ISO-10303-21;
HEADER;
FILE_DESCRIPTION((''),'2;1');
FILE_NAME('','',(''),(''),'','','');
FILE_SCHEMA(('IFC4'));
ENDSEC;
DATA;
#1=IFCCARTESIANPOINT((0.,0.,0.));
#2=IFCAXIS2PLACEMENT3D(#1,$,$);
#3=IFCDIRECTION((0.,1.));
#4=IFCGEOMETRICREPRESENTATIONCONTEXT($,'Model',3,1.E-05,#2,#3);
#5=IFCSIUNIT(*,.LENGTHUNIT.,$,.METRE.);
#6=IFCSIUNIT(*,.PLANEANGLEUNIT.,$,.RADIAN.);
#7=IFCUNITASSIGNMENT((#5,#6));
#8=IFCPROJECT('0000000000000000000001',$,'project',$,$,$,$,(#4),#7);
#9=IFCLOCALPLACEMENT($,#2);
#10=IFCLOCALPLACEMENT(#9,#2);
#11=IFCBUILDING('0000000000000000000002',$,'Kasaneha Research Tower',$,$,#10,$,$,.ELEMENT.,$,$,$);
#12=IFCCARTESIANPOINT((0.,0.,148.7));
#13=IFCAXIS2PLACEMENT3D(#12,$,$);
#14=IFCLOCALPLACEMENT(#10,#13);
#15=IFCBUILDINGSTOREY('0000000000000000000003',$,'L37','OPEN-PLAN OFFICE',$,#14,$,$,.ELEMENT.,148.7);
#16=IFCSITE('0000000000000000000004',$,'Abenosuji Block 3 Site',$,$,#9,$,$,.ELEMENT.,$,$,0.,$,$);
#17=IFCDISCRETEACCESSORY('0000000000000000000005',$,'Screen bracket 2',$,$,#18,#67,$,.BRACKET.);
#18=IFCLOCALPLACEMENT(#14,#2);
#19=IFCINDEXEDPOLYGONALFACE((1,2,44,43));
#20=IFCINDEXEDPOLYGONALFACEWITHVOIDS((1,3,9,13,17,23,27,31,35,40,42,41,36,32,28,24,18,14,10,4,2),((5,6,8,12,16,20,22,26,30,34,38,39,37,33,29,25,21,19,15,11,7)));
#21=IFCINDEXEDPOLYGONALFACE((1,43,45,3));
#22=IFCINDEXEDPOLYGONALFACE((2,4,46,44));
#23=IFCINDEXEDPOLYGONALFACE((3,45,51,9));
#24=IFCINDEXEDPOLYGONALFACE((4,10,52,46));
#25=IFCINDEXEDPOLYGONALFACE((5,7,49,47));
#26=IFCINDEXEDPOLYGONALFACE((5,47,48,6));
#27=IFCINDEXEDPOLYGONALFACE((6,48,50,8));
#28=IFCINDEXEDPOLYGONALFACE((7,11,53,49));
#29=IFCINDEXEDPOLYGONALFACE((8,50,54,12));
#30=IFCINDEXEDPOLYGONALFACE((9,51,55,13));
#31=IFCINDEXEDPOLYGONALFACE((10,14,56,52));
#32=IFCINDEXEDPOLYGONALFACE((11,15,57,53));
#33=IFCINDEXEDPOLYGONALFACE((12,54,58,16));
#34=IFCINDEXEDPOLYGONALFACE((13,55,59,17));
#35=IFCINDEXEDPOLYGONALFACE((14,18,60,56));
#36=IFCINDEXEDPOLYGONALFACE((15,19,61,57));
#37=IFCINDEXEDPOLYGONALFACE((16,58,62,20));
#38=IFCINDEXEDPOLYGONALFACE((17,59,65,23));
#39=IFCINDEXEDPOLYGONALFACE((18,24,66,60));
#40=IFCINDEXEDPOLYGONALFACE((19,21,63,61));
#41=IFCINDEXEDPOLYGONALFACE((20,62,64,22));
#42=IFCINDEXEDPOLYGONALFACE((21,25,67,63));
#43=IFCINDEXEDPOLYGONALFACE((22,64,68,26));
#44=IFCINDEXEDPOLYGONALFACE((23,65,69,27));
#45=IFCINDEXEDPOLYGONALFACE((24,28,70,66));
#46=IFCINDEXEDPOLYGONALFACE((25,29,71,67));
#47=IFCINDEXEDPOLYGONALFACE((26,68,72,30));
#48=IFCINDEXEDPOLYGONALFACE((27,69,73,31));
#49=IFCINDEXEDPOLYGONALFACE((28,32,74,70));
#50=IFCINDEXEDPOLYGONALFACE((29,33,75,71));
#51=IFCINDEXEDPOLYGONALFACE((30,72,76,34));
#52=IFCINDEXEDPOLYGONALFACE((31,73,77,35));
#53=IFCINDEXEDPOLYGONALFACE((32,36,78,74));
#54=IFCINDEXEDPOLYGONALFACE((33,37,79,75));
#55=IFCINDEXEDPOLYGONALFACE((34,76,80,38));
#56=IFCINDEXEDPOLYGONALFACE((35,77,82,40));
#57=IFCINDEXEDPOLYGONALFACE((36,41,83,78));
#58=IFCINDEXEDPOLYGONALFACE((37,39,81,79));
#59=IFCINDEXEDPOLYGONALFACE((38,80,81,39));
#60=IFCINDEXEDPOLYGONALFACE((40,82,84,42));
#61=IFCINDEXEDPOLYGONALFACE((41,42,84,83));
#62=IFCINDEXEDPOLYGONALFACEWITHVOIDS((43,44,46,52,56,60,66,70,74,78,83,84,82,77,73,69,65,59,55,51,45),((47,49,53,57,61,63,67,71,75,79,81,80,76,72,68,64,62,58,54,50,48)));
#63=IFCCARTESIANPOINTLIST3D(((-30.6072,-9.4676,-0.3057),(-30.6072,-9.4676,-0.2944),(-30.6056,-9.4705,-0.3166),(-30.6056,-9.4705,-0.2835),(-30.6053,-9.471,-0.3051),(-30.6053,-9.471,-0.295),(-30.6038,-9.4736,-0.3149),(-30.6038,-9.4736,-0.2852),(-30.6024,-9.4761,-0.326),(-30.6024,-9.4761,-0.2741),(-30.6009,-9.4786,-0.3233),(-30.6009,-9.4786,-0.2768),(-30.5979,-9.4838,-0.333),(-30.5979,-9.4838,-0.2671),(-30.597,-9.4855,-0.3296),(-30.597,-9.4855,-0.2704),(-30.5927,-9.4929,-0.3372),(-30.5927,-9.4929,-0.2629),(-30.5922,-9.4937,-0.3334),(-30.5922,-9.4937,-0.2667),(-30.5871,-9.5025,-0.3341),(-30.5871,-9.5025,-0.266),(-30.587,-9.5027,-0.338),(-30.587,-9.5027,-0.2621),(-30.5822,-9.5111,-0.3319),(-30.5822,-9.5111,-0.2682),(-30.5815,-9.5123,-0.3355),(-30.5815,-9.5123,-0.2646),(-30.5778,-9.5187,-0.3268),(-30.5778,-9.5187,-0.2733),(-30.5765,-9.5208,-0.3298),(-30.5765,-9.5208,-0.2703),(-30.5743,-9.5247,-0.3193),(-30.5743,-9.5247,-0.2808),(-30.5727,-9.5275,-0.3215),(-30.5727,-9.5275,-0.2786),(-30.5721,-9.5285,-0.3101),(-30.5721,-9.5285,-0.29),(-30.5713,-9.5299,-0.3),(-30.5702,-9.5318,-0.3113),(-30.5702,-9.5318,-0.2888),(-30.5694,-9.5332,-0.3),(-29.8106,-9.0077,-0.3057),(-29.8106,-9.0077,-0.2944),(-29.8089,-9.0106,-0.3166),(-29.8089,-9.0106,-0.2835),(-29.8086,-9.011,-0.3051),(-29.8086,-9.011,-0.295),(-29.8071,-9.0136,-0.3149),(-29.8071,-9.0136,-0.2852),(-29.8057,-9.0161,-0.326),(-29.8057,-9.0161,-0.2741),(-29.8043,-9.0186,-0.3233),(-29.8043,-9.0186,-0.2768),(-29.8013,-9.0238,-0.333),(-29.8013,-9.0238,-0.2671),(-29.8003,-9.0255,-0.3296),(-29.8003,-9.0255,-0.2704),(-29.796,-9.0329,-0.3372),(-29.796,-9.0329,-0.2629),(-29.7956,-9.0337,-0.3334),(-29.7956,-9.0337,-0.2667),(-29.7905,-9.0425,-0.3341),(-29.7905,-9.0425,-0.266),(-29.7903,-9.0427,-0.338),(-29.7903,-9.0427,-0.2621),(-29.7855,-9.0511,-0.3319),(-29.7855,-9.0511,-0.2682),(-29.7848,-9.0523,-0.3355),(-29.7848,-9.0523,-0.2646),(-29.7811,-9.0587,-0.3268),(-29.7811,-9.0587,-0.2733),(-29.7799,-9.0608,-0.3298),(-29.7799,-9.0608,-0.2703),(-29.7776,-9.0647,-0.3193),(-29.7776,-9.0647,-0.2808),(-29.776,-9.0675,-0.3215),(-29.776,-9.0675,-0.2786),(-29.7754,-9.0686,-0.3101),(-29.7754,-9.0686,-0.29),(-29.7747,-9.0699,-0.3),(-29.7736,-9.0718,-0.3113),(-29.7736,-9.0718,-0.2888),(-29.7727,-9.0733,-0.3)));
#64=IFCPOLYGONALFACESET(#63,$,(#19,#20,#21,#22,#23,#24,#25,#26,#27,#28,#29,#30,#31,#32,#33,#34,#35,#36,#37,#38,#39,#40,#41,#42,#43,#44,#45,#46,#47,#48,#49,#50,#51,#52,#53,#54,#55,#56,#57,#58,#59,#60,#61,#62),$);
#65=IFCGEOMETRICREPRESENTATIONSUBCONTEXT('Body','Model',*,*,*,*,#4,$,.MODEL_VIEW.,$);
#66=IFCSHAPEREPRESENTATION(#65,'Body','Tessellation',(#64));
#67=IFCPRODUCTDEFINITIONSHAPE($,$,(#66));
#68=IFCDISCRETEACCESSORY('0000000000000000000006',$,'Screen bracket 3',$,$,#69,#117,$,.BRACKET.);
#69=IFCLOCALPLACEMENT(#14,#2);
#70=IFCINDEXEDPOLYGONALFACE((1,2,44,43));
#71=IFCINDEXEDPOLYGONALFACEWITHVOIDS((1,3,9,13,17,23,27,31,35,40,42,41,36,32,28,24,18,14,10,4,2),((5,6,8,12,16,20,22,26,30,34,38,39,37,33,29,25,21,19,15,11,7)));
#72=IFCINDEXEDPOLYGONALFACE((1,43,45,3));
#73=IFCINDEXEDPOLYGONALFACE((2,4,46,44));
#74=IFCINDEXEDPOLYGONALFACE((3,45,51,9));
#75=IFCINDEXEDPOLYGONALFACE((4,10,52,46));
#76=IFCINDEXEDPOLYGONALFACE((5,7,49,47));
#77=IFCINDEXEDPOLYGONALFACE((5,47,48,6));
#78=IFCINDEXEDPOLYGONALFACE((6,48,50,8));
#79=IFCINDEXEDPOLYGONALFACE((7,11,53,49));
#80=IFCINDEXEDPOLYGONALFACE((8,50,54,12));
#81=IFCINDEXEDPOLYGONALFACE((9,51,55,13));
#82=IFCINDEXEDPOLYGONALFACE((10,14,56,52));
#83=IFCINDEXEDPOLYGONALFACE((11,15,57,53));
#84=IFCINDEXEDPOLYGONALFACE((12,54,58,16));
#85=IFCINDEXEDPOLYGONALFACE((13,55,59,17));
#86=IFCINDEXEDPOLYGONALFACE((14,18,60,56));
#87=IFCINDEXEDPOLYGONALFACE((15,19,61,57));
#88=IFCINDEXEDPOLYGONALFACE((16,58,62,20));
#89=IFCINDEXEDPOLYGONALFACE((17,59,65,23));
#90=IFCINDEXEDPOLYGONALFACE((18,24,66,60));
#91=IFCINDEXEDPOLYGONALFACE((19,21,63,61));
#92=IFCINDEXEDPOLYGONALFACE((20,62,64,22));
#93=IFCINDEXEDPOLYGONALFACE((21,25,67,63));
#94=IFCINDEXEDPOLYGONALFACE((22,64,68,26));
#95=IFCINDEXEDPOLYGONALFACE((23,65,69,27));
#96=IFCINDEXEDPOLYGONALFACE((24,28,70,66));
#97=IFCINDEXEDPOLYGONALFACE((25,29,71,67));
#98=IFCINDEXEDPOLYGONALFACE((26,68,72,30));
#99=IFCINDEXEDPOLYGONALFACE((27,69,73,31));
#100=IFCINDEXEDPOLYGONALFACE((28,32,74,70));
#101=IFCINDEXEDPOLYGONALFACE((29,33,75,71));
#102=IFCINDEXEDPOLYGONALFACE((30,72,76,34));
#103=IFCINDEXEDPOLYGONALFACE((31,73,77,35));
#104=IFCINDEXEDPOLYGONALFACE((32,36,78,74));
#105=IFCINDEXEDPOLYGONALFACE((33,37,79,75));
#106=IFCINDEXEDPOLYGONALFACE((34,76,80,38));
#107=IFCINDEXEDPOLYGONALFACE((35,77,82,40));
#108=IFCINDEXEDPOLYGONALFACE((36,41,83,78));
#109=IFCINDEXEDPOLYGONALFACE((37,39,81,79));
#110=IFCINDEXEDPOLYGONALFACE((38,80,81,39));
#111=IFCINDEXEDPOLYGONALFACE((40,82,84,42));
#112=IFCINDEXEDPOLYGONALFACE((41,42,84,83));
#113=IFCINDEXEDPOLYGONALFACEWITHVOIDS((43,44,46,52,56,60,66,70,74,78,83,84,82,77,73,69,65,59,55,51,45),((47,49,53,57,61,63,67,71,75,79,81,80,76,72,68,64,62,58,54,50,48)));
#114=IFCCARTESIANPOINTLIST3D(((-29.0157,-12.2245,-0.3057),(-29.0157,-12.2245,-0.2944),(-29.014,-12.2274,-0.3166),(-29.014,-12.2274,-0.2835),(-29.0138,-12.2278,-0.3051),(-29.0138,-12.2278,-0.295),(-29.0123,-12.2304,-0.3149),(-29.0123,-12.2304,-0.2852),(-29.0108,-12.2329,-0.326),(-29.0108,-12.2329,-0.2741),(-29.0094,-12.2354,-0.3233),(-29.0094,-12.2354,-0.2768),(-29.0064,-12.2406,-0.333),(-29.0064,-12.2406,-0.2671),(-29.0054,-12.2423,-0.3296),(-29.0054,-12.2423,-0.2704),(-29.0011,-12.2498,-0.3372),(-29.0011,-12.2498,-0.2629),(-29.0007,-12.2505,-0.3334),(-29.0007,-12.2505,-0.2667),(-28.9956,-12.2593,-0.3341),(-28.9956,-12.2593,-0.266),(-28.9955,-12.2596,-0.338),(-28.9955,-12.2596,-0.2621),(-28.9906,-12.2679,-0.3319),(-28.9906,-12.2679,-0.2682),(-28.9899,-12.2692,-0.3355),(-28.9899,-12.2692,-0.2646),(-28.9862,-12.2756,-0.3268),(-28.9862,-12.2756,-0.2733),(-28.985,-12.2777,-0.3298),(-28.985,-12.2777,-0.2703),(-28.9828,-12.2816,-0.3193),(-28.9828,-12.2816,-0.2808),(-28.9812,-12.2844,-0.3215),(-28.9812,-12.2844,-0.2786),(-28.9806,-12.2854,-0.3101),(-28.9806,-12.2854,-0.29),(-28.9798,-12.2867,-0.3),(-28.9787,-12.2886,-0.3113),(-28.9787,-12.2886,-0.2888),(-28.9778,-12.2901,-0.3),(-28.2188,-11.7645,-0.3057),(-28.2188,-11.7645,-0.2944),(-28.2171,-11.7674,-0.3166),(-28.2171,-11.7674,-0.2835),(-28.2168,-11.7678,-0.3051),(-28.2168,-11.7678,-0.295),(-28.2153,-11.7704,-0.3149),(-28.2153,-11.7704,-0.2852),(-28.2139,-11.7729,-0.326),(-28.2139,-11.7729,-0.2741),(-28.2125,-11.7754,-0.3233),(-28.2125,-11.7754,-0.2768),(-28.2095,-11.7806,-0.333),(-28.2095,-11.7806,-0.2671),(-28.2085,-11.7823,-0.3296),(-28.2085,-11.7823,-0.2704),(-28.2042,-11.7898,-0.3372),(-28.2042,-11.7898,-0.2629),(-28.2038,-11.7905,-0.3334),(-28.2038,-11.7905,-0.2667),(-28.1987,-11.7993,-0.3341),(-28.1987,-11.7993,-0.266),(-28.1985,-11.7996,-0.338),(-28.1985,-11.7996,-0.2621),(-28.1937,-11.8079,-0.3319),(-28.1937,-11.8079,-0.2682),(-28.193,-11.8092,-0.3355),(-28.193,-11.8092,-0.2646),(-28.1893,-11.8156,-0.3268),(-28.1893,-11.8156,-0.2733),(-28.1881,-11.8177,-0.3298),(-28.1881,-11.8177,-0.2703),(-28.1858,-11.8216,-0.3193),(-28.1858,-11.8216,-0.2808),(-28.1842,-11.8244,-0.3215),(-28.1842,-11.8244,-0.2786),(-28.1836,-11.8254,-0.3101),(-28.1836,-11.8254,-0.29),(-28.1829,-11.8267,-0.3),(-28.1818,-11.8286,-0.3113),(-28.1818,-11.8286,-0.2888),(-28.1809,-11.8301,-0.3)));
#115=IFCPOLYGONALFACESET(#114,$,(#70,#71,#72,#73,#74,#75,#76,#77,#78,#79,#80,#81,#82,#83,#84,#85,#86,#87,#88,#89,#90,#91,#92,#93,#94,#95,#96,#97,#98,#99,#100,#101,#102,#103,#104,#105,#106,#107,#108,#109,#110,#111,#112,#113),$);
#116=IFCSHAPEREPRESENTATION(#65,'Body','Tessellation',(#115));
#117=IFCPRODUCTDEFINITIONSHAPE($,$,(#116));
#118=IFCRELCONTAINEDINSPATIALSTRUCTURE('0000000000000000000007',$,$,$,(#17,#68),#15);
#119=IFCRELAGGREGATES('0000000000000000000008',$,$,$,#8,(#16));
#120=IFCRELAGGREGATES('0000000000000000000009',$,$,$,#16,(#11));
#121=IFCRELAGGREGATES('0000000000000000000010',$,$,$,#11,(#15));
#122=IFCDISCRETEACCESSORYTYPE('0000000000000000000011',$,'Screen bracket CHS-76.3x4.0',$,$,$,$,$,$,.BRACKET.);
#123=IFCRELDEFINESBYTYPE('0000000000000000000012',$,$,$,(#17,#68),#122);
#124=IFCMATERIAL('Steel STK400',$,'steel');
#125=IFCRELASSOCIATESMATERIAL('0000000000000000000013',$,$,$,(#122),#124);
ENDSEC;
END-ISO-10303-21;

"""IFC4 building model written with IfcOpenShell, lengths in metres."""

from ifc_helpers import new_model, si_unit, direction, frame, origin, origin_2d, place, context, subcontext, project, spatial, hollow_circle, extrude, material, material_profile, profile_set, type_object, element, save


model = new_model("IFC4")

# Units and contexts
model_context = context("Model", 3, precision=1e-05, world=origin(), true_north=direction((0.0, 1.0)))
body_context = subcontext(model_context, "Body", "Model", "MODEL_VIEW")
ifc_project = project(units=[si_unit("LENGTHUNIT", "METRE"), si_unit("PLANEANGLEUNIT", "RADIAN")], contexts=[model_context])

# Site, building, storey
site_placement = place(None, origin())
site = spatial("IfcSite", under=ifc_project, at=site_placement, Name="Abenosuji Block 3 Site", CompositionType="ELEMENT", RefElevation=0.0)
building_placement = place(site_placement, origin())
building = spatial("IfcBuilding", under=site, at=building_placement, Name="Kasaneha Research Tower", CompositionType="ELEMENT")
storey_placement = place(building_placement, frame((0.0, 0.0, 148.7)))
storey = spatial("IfcBuildingStorey", under=building, at=storey_placement, Name="L37", Description="OPEN-PLAN OFFICE", CompositionType="ELEMENT", Elevation=148.7)

# Discrete accessories
ifc_material_1 = material(Name="Steel STK400", Category="steel")
ifc_material_profile_1 = material_profile(ifc_material_1, hollow_circle(Radius=0.0381, WallThickness=0.0039, at=origin_2d()), Name="CHS-76.3x4.0")
ifc_profile_set_1 = profile_set([ifc_material_profile_1], Name="Steel STK400")
discrete_accessory_type = type_object("IfcDiscreteAccessoryType", Name="Screen bracket CHS-76.3x4.0", PredefinedType="BRACKET", material=ifc_profile_set_1)
discrete_accessory_1_placement = place(storey_placement, frame((-29.7917, -9.0403, -0.3), z_axis=(-0.866013, -0.500021, 0.0), x_axis=(0.500021, -0.866013, 0.0)))
element("IfcDiscreteAccessory", 1, at=discrete_accessory_1_placement, inside=storey, type_object=discrete_accessory_type, Name="Screen bracket 2", PredefinedType="BRACKET", context=body_context, shape_type="SweptSolid", body=[
    extrude(hollow_circle(Radius=0.0381, WallThickness=0.0039, at=origin_2d()), origin(), (0.0, 0.0, 1.0), 0.9199),
])
discrete_accessory_2_placement = place(storey_placement, frame((-28.2, -11.7971, -0.3), z_axis=(-0.86608, -0.499906, 0.0), x_axis=(0.499906, -0.86608, 0.0)))
element("IfcDiscreteAccessory", 2, at=discrete_accessory_2_placement, inside=storey, type_object=discrete_accessory_type, Name="Screen bracket 3", PredefinedType="BRACKET", context=body_context, shape_type="SweptSolid", body=[
    extrude(hollow_circle(Radius=0.0381, WallThickness=0.0039, at=origin_2d()), origin(), (0.0, 0.0, 1.0), 0.9202),
])

save(model, "model.ifc")
